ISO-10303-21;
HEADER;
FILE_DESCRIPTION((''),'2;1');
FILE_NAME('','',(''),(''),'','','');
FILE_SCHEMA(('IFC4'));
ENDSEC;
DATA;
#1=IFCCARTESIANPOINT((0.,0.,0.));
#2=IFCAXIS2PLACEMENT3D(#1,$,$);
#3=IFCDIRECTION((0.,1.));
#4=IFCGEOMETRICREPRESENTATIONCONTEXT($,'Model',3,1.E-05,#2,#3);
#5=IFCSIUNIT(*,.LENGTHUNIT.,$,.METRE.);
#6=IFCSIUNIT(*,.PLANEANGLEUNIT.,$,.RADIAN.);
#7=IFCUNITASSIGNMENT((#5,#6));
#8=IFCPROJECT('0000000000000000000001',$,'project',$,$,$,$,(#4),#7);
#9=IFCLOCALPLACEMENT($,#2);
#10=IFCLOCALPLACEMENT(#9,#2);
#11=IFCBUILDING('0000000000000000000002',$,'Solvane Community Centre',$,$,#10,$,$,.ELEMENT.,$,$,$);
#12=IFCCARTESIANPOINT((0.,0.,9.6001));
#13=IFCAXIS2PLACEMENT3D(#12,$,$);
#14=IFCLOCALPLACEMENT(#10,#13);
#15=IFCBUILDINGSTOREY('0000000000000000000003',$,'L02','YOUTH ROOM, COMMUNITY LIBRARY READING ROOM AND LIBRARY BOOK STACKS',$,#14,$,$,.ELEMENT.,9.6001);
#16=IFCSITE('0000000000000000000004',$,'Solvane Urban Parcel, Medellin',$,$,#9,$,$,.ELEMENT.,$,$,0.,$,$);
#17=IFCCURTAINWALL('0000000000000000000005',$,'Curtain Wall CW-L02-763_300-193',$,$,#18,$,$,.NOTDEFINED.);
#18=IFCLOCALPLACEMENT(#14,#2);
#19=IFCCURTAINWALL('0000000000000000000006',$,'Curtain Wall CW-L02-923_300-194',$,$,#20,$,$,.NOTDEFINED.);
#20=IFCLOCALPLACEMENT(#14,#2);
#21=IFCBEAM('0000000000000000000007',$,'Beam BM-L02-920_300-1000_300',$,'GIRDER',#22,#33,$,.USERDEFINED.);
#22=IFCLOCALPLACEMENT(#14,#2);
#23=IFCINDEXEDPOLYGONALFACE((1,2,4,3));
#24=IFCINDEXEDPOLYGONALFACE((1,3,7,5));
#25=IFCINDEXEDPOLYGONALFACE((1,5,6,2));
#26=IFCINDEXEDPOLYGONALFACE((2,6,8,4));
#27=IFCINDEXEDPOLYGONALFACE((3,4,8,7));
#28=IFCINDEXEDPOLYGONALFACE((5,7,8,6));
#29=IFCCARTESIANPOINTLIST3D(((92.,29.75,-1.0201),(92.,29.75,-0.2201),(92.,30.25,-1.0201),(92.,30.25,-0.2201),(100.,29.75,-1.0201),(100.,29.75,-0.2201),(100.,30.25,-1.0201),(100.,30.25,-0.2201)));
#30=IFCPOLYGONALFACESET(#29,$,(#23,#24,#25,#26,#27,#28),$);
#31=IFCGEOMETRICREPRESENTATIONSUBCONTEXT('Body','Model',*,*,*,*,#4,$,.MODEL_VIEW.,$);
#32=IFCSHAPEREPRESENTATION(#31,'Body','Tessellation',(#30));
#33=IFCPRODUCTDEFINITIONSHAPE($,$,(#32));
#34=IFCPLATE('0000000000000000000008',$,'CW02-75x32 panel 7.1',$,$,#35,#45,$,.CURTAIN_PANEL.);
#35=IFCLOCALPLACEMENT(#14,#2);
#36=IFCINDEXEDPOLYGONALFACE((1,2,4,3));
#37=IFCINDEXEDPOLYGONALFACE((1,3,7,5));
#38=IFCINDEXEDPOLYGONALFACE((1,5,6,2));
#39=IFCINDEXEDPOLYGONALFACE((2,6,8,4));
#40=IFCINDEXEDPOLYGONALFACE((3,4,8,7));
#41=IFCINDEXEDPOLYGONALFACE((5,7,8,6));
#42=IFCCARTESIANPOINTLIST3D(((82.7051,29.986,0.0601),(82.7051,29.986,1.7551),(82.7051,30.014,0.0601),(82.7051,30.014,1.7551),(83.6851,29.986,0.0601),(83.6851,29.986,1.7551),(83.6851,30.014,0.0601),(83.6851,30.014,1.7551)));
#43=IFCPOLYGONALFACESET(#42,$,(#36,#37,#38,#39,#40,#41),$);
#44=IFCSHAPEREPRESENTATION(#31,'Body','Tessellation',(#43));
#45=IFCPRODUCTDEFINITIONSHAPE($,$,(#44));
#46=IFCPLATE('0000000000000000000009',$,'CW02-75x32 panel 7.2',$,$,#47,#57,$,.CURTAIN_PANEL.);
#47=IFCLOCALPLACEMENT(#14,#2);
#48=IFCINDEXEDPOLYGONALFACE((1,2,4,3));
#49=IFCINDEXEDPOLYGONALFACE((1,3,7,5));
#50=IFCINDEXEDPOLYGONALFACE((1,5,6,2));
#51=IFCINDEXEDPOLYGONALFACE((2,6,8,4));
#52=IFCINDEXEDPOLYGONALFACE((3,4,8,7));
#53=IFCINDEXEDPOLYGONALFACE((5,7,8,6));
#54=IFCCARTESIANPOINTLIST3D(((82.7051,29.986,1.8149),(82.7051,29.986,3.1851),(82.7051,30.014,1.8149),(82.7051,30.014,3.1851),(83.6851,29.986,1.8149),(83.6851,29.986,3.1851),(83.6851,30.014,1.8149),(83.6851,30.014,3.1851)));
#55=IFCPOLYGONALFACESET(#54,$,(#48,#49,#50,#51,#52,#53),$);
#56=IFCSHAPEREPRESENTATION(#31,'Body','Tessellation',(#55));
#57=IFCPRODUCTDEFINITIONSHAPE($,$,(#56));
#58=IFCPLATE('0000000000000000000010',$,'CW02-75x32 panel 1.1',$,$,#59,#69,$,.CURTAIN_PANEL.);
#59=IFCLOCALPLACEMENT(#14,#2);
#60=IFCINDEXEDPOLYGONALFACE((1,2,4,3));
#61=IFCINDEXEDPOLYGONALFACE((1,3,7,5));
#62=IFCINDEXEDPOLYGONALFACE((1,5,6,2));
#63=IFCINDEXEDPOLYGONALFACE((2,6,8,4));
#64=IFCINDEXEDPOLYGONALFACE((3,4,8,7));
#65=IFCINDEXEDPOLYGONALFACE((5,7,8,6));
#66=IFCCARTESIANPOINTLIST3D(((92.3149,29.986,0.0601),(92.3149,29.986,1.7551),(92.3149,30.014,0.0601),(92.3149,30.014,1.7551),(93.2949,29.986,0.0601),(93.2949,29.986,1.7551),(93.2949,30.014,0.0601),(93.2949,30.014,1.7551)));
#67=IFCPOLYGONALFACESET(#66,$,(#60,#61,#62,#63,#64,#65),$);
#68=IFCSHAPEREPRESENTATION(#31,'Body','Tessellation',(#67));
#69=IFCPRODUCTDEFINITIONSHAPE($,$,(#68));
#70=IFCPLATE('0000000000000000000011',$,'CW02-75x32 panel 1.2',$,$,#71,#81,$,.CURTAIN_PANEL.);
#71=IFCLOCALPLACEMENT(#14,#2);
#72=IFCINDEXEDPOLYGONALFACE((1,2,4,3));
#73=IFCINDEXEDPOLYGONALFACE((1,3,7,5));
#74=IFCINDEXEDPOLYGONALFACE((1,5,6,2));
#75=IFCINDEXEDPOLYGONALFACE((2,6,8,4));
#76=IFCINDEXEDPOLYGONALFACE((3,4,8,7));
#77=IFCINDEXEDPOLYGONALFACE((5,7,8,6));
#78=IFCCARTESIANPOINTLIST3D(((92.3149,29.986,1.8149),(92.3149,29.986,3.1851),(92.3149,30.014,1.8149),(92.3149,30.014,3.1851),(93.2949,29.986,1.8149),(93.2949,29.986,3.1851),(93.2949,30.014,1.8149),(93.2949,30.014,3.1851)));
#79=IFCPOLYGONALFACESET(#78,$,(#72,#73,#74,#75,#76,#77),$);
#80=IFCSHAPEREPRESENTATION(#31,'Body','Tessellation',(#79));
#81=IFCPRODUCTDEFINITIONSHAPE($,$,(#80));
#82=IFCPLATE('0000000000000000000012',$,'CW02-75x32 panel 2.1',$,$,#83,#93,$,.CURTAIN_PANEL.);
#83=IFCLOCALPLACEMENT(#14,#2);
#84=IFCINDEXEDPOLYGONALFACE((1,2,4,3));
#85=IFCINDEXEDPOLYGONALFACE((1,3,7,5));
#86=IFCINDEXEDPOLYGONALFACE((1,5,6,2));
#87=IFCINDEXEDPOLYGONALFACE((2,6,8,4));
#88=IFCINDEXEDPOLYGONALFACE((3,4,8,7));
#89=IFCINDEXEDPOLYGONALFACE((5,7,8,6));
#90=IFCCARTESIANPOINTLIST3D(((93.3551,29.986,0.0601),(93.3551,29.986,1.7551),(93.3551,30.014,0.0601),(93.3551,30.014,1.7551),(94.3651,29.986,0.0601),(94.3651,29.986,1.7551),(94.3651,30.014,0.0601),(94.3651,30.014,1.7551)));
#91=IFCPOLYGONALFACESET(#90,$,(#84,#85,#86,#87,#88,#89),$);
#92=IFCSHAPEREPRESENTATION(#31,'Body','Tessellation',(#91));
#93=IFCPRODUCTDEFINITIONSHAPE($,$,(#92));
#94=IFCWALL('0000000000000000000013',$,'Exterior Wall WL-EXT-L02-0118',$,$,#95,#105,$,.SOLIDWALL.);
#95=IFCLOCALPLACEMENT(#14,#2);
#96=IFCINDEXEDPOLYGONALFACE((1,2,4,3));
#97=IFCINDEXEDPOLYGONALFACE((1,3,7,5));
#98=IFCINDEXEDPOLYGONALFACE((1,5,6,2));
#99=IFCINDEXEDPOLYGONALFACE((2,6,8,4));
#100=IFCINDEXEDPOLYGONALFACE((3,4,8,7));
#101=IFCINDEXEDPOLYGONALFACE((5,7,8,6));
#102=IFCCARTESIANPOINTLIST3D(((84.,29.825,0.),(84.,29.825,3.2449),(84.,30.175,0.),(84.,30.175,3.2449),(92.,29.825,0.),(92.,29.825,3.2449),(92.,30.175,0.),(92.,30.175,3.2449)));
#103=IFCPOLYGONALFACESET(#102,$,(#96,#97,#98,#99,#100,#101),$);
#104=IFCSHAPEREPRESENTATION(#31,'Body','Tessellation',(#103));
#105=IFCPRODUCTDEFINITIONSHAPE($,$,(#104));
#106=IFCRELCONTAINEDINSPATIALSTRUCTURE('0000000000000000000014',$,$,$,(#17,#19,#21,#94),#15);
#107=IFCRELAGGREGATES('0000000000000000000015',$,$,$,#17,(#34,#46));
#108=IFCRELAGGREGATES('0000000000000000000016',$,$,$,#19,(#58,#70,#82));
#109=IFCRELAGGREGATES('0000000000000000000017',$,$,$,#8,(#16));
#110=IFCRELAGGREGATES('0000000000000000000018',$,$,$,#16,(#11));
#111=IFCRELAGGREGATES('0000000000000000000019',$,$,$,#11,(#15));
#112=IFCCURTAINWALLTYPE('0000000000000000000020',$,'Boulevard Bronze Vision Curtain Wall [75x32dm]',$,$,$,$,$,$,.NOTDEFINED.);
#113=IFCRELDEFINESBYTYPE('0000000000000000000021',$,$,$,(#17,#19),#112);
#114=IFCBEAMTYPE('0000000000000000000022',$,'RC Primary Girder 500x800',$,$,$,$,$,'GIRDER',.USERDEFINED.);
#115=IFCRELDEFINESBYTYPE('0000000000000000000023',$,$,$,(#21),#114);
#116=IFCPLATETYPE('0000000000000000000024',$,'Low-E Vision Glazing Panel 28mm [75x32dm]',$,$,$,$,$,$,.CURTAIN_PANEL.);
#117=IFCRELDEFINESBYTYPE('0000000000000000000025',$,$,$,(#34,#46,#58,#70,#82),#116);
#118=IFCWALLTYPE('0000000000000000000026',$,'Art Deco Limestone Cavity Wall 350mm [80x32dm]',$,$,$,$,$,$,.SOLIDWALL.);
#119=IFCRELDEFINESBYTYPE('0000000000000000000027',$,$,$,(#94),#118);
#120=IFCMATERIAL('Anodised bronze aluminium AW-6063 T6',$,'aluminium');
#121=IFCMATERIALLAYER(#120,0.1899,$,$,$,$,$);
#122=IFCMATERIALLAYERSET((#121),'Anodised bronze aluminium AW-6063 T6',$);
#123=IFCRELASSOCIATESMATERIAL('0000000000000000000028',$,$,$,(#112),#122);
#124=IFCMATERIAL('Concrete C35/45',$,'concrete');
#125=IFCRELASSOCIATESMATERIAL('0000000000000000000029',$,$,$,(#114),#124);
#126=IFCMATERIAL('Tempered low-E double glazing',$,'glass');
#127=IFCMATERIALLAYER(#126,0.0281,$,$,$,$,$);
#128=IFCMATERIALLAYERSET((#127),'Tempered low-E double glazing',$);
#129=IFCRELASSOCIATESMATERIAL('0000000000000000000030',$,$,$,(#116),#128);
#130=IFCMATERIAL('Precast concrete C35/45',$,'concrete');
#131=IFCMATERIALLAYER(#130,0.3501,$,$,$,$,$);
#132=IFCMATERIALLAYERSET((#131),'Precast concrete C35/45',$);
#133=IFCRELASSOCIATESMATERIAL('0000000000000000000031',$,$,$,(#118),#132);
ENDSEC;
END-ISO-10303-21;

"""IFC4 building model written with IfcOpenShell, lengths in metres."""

from ifc_helpers import new_model, si_unit, direction, frame, frame_2d, origin, origin_2d, place, context, subcontext, project, spatial, rectangle, extrude, material, layer, layer_set, material_profile, profile_set, type_object, element, aggregate, save


model = new_model("IFC4")

# Units and contexts
model_context = context("Model", 3, precision=1e-05, world=origin(), true_north=direction((0.0, 1.0)))
body_context = subcontext(model_context, "Body", "Model", "MODEL_VIEW")
ifc_project = project(units=[si_unit("LENGTHUNIT", "METRE"), si_unit("PLANEANGLEUNIT", "RADIAN")], contexts=[model_context])

# Site, building, storey
site_placement = place(None, origin())
site = spatial("IfcSite", under=ifc_project, at=site_placement, Name="Solvane Urban Parcel, Medellin", CompositionType="ELEMENT", RefElevation=0.0)
building_placement = place(site_placement, origin())
building = spatial("IfcBuilding", under=site, at=building_placement, Name="Solvane Community Centre", CompositionType="ELEMENT")
storey_placement = place(building_placement, frame((0.0, 0.0, 9.6001)))
storey = spatial("IfcBuildingStorey", under=building, at=storey_placement, Name="L02", Description="YOUTH ROOM, COMMUNITY LIBRARY READING ROOM AND LIBRARY BOOK STACKS", CompositionType="ELEMENT", Elevation=9.6001)

# Curtain wall
ifc_material_1 = material(Name="Anodised bronze aluminium AW-6063 T6", Category="aluminium")
ifc_layer_1 = layer(ifc_material_1, 0.1899)
ifc_layer_set_1 = layer_set([ifc_layer_1], Name="Anodised bronze aluminium AW-6063 T6")
curtain_wall_type = type_object("IfcCurtainWallType", Name="Boulevard Bronze Vision Curtain Wall [75x32dm]", PredefinedType="NOTDEFINED", material=ifc_layer_set_1)
curtain_wall_1_placement = place(storey_placement, origin())
curtain_wall_1 = element("IfcCurtainWall", 1, at=curtain_wall_1_placement, inside=storey, type_object=curtain_wall_type, Name="Curtain Wall CW-L02-763_300-193", PredefinedType="NOTDEFINED")

# Curtain wall
curtain_wall_2_placement = place(storey_placement, origin())
curtain_wall_2 = element("IfcCurtainWall", 2, at=curtain_wall_2_placement, inside=storey, type_object=curtain_wall_type, Name="Curtain Wall CW-L02-923_300-194", PredefinedType="NOTDEFINED")

# Beam
ifc_material_2 = material(Name="Concrete C35/45", Category="concrete")
ifc_material_profile_1 = material_profile(ifc_material_2, rectangle(XDim=0.5, YDim=0.8, at=origin_2d()), Name="RC 500x800")
ifc_profile_set_1 = profile_set([ifc_material_profile_1], Name="Concrete C35/45")
beam_type = type_object("IfcBeamType", Name="RC Primary Girder 500x800", ElementType="GIRDER", PredefinedType="USERDEFINED", material=ifc_profile_set_1)
for number, where, z_axis, x_axis, name in (
    (3, (92.0, 30.0, -0.6201), (1.0, 0.0, 0.0), (0.0, 1.0, 0.0), "Beam BM-L02-920_300-1000_300"),
):
    element("IfcBeam", number, at=place(storey_placement, frame(where, z_axis=z_axis, x_axis=x_axis)), inside=storey, type_object=beam_type, Name=name, ObjectType="GIRDER", PredefinedType="USERDEFINED", context=body_context, shape_type="SweptSolid", body=[
        extrude(rectangle(XDim=0.5, YDim=0.8, at=origin_2d()), origin(), (0.0, 0.0, 1.0), 8.0),
    ])

# Plates
ifc_material_3 = material(Name="Tempered low-E double glazing", Category="glass")
ifc_layer_2 = layer(ifc_material_3, 0.0281)
ifc_layer_set_2 = layer_set([ifc_layer_2], Name="Tempered low-E double glazing")
plate_type = type_object("IfcPlateType", Name="Low-E Vision Glazing Panel 28mm [75x32dm]", PredefinedType="CURTAIN_PANEL", material=ifc_layer_set_2)
plate_1_placement = place(storey_placement, frame((83.1951, 30.0, 0.0601), z_axis=(0.0, 0.0, 1.0), x_axis=(1.0, 0.0, 0.0)))
plate_1 = element("IfcPlate", 4, at=plate_1_placement, type_object=plate_type, Name="CW02-75x32 panel 7.1", PredefinedType="CURTAIN_PANEL", context=body_context, shape_type="SweptSolid", body=[
    extrude(rectangle(XDim=0.98, YDim=0.0281, at=origin_2d()), origin(), (0.0, 0.0, 1.0), 1.6951),
])
plate_2_placement = place(storey_placement, frame((83.1951, 30.0, 1.8149), z_axis=(0.0, 0.0, 1.0), x_axis=(1.0, 0.0, 0.0)))
plate_2 = element("IfcPlate", 5, at=plate_2_placement, type_object=plate_type, Name="CW02-75x32 panel 7.2", PredefinedType="CURTAIN_PANEL", context=body_context, shape_type="SweptSolid", body=[
    extrude(rectangle(XDim=0.98, YDim=0.0281, at=origin_2d()), origin(), (0.0, 0.0, 1.0), 1.3701),
])
aggregate(curtain_wall_1, [plate_1, plate_2])
plate_3_placement = place(storey_placement, frame((92.8049, 30.0, 0.0601), z_axis=(0.0, 0.0, 1.0), x_axis=(1.0, 0.0, 0.0)))
plate_3 = element("IfcPlate", 6, at=plate_3_placement, type_object=plate_type, Name="CW02-75x32 panel 1.1", PredefinedType="CURTAIN_PANEL", context=body_context, shape_type="SweptSolid", body=[
    extrude(rectangle(XDim=0.98, YDim=0.0281, at=origin_2d()), origin(), (0.0, 0.0, 1.0), 1.6951),
])
plate_4_placement = place(storey_placement, frame((92.8049, 30.0, 1.8149), z_axis=(0.0, 0.0, 1.0), x_axis=(1.0, 0.0, 0.0)))
plate_4 = element("IfcPlate", 7, at=plate_4_placement, type_object=plate_type, Name="CW02-75x32 panel 1.2", PredefinedType="CURTAIN_PANEL", context=body_context, shape_type="SweptSolid", body=[
    extrude(rectangle(XDim=0.98, YDim=0.0281, at=origin_2d()), origin(), (0.0, 0.0, 1.0), 1.3701),
])
plate_5_placement = place(storey_placement, frame((93.8601, 30.0, 0.0601), z_axis=(0.0, 0.0, 1.0), x_axis=(1.0, 0.0, 0.0)))
plate_5 = element("IfcPlate", 8, at=plate_5_placement, type_object=plate_type, Name="CW02-75x32 panel 2.1", PredefinedType="CURTAIN_PANEL", context=body_context, shape_type="SweptSolid", body=[
    extrude(rectangle(XDim=1.01, YDim=0.0281, at=origin_2d()), origin(), (0.0, 0.0, 1.0), 1.6951),
])
aggregate(curtain_wall_2, [plate_3, plate_4, plate_5])

# Wall
ifc_material_4 = material(Name="Precast concrete C35/45", Category="concrete")
ifc_layer_3 = layer(ifc_material_4, 0.3501)
ifc_layer_set_3 = layer_set([ifc_layer_3], Name="Precast concrete C35/45")
wall_type = type_object("IfcWallType", Name="Art Deco Limestone Cavity Wall 350mm [80x32dm]", PredefinedType="SOLIDWALL", material=ifc_layer_set_3)
wall_placement = place(storey_placement, frame((84.0, 30.0, 0.0), z_axis=(0.0, 0.0, 1.0), x_axis=(1.0, 0.0, 0.0)))
element("IfcWall", 9, at=wall_placement, inside=storey, type_object=wall_type, Name="Exterior Wall WL-EXT-L02-0118", PredefinedType="SOLIDWALL", context=body_context, shape_type="SweptSolid", body=[
    extrude(rectangle(XDim=8.0, YDim=0.3501, at=frame_2d((4.0, 0.0))), origin(), (0.0, 0.0, 1.0), 3.2449),
])

save(model, "model.ifc")
